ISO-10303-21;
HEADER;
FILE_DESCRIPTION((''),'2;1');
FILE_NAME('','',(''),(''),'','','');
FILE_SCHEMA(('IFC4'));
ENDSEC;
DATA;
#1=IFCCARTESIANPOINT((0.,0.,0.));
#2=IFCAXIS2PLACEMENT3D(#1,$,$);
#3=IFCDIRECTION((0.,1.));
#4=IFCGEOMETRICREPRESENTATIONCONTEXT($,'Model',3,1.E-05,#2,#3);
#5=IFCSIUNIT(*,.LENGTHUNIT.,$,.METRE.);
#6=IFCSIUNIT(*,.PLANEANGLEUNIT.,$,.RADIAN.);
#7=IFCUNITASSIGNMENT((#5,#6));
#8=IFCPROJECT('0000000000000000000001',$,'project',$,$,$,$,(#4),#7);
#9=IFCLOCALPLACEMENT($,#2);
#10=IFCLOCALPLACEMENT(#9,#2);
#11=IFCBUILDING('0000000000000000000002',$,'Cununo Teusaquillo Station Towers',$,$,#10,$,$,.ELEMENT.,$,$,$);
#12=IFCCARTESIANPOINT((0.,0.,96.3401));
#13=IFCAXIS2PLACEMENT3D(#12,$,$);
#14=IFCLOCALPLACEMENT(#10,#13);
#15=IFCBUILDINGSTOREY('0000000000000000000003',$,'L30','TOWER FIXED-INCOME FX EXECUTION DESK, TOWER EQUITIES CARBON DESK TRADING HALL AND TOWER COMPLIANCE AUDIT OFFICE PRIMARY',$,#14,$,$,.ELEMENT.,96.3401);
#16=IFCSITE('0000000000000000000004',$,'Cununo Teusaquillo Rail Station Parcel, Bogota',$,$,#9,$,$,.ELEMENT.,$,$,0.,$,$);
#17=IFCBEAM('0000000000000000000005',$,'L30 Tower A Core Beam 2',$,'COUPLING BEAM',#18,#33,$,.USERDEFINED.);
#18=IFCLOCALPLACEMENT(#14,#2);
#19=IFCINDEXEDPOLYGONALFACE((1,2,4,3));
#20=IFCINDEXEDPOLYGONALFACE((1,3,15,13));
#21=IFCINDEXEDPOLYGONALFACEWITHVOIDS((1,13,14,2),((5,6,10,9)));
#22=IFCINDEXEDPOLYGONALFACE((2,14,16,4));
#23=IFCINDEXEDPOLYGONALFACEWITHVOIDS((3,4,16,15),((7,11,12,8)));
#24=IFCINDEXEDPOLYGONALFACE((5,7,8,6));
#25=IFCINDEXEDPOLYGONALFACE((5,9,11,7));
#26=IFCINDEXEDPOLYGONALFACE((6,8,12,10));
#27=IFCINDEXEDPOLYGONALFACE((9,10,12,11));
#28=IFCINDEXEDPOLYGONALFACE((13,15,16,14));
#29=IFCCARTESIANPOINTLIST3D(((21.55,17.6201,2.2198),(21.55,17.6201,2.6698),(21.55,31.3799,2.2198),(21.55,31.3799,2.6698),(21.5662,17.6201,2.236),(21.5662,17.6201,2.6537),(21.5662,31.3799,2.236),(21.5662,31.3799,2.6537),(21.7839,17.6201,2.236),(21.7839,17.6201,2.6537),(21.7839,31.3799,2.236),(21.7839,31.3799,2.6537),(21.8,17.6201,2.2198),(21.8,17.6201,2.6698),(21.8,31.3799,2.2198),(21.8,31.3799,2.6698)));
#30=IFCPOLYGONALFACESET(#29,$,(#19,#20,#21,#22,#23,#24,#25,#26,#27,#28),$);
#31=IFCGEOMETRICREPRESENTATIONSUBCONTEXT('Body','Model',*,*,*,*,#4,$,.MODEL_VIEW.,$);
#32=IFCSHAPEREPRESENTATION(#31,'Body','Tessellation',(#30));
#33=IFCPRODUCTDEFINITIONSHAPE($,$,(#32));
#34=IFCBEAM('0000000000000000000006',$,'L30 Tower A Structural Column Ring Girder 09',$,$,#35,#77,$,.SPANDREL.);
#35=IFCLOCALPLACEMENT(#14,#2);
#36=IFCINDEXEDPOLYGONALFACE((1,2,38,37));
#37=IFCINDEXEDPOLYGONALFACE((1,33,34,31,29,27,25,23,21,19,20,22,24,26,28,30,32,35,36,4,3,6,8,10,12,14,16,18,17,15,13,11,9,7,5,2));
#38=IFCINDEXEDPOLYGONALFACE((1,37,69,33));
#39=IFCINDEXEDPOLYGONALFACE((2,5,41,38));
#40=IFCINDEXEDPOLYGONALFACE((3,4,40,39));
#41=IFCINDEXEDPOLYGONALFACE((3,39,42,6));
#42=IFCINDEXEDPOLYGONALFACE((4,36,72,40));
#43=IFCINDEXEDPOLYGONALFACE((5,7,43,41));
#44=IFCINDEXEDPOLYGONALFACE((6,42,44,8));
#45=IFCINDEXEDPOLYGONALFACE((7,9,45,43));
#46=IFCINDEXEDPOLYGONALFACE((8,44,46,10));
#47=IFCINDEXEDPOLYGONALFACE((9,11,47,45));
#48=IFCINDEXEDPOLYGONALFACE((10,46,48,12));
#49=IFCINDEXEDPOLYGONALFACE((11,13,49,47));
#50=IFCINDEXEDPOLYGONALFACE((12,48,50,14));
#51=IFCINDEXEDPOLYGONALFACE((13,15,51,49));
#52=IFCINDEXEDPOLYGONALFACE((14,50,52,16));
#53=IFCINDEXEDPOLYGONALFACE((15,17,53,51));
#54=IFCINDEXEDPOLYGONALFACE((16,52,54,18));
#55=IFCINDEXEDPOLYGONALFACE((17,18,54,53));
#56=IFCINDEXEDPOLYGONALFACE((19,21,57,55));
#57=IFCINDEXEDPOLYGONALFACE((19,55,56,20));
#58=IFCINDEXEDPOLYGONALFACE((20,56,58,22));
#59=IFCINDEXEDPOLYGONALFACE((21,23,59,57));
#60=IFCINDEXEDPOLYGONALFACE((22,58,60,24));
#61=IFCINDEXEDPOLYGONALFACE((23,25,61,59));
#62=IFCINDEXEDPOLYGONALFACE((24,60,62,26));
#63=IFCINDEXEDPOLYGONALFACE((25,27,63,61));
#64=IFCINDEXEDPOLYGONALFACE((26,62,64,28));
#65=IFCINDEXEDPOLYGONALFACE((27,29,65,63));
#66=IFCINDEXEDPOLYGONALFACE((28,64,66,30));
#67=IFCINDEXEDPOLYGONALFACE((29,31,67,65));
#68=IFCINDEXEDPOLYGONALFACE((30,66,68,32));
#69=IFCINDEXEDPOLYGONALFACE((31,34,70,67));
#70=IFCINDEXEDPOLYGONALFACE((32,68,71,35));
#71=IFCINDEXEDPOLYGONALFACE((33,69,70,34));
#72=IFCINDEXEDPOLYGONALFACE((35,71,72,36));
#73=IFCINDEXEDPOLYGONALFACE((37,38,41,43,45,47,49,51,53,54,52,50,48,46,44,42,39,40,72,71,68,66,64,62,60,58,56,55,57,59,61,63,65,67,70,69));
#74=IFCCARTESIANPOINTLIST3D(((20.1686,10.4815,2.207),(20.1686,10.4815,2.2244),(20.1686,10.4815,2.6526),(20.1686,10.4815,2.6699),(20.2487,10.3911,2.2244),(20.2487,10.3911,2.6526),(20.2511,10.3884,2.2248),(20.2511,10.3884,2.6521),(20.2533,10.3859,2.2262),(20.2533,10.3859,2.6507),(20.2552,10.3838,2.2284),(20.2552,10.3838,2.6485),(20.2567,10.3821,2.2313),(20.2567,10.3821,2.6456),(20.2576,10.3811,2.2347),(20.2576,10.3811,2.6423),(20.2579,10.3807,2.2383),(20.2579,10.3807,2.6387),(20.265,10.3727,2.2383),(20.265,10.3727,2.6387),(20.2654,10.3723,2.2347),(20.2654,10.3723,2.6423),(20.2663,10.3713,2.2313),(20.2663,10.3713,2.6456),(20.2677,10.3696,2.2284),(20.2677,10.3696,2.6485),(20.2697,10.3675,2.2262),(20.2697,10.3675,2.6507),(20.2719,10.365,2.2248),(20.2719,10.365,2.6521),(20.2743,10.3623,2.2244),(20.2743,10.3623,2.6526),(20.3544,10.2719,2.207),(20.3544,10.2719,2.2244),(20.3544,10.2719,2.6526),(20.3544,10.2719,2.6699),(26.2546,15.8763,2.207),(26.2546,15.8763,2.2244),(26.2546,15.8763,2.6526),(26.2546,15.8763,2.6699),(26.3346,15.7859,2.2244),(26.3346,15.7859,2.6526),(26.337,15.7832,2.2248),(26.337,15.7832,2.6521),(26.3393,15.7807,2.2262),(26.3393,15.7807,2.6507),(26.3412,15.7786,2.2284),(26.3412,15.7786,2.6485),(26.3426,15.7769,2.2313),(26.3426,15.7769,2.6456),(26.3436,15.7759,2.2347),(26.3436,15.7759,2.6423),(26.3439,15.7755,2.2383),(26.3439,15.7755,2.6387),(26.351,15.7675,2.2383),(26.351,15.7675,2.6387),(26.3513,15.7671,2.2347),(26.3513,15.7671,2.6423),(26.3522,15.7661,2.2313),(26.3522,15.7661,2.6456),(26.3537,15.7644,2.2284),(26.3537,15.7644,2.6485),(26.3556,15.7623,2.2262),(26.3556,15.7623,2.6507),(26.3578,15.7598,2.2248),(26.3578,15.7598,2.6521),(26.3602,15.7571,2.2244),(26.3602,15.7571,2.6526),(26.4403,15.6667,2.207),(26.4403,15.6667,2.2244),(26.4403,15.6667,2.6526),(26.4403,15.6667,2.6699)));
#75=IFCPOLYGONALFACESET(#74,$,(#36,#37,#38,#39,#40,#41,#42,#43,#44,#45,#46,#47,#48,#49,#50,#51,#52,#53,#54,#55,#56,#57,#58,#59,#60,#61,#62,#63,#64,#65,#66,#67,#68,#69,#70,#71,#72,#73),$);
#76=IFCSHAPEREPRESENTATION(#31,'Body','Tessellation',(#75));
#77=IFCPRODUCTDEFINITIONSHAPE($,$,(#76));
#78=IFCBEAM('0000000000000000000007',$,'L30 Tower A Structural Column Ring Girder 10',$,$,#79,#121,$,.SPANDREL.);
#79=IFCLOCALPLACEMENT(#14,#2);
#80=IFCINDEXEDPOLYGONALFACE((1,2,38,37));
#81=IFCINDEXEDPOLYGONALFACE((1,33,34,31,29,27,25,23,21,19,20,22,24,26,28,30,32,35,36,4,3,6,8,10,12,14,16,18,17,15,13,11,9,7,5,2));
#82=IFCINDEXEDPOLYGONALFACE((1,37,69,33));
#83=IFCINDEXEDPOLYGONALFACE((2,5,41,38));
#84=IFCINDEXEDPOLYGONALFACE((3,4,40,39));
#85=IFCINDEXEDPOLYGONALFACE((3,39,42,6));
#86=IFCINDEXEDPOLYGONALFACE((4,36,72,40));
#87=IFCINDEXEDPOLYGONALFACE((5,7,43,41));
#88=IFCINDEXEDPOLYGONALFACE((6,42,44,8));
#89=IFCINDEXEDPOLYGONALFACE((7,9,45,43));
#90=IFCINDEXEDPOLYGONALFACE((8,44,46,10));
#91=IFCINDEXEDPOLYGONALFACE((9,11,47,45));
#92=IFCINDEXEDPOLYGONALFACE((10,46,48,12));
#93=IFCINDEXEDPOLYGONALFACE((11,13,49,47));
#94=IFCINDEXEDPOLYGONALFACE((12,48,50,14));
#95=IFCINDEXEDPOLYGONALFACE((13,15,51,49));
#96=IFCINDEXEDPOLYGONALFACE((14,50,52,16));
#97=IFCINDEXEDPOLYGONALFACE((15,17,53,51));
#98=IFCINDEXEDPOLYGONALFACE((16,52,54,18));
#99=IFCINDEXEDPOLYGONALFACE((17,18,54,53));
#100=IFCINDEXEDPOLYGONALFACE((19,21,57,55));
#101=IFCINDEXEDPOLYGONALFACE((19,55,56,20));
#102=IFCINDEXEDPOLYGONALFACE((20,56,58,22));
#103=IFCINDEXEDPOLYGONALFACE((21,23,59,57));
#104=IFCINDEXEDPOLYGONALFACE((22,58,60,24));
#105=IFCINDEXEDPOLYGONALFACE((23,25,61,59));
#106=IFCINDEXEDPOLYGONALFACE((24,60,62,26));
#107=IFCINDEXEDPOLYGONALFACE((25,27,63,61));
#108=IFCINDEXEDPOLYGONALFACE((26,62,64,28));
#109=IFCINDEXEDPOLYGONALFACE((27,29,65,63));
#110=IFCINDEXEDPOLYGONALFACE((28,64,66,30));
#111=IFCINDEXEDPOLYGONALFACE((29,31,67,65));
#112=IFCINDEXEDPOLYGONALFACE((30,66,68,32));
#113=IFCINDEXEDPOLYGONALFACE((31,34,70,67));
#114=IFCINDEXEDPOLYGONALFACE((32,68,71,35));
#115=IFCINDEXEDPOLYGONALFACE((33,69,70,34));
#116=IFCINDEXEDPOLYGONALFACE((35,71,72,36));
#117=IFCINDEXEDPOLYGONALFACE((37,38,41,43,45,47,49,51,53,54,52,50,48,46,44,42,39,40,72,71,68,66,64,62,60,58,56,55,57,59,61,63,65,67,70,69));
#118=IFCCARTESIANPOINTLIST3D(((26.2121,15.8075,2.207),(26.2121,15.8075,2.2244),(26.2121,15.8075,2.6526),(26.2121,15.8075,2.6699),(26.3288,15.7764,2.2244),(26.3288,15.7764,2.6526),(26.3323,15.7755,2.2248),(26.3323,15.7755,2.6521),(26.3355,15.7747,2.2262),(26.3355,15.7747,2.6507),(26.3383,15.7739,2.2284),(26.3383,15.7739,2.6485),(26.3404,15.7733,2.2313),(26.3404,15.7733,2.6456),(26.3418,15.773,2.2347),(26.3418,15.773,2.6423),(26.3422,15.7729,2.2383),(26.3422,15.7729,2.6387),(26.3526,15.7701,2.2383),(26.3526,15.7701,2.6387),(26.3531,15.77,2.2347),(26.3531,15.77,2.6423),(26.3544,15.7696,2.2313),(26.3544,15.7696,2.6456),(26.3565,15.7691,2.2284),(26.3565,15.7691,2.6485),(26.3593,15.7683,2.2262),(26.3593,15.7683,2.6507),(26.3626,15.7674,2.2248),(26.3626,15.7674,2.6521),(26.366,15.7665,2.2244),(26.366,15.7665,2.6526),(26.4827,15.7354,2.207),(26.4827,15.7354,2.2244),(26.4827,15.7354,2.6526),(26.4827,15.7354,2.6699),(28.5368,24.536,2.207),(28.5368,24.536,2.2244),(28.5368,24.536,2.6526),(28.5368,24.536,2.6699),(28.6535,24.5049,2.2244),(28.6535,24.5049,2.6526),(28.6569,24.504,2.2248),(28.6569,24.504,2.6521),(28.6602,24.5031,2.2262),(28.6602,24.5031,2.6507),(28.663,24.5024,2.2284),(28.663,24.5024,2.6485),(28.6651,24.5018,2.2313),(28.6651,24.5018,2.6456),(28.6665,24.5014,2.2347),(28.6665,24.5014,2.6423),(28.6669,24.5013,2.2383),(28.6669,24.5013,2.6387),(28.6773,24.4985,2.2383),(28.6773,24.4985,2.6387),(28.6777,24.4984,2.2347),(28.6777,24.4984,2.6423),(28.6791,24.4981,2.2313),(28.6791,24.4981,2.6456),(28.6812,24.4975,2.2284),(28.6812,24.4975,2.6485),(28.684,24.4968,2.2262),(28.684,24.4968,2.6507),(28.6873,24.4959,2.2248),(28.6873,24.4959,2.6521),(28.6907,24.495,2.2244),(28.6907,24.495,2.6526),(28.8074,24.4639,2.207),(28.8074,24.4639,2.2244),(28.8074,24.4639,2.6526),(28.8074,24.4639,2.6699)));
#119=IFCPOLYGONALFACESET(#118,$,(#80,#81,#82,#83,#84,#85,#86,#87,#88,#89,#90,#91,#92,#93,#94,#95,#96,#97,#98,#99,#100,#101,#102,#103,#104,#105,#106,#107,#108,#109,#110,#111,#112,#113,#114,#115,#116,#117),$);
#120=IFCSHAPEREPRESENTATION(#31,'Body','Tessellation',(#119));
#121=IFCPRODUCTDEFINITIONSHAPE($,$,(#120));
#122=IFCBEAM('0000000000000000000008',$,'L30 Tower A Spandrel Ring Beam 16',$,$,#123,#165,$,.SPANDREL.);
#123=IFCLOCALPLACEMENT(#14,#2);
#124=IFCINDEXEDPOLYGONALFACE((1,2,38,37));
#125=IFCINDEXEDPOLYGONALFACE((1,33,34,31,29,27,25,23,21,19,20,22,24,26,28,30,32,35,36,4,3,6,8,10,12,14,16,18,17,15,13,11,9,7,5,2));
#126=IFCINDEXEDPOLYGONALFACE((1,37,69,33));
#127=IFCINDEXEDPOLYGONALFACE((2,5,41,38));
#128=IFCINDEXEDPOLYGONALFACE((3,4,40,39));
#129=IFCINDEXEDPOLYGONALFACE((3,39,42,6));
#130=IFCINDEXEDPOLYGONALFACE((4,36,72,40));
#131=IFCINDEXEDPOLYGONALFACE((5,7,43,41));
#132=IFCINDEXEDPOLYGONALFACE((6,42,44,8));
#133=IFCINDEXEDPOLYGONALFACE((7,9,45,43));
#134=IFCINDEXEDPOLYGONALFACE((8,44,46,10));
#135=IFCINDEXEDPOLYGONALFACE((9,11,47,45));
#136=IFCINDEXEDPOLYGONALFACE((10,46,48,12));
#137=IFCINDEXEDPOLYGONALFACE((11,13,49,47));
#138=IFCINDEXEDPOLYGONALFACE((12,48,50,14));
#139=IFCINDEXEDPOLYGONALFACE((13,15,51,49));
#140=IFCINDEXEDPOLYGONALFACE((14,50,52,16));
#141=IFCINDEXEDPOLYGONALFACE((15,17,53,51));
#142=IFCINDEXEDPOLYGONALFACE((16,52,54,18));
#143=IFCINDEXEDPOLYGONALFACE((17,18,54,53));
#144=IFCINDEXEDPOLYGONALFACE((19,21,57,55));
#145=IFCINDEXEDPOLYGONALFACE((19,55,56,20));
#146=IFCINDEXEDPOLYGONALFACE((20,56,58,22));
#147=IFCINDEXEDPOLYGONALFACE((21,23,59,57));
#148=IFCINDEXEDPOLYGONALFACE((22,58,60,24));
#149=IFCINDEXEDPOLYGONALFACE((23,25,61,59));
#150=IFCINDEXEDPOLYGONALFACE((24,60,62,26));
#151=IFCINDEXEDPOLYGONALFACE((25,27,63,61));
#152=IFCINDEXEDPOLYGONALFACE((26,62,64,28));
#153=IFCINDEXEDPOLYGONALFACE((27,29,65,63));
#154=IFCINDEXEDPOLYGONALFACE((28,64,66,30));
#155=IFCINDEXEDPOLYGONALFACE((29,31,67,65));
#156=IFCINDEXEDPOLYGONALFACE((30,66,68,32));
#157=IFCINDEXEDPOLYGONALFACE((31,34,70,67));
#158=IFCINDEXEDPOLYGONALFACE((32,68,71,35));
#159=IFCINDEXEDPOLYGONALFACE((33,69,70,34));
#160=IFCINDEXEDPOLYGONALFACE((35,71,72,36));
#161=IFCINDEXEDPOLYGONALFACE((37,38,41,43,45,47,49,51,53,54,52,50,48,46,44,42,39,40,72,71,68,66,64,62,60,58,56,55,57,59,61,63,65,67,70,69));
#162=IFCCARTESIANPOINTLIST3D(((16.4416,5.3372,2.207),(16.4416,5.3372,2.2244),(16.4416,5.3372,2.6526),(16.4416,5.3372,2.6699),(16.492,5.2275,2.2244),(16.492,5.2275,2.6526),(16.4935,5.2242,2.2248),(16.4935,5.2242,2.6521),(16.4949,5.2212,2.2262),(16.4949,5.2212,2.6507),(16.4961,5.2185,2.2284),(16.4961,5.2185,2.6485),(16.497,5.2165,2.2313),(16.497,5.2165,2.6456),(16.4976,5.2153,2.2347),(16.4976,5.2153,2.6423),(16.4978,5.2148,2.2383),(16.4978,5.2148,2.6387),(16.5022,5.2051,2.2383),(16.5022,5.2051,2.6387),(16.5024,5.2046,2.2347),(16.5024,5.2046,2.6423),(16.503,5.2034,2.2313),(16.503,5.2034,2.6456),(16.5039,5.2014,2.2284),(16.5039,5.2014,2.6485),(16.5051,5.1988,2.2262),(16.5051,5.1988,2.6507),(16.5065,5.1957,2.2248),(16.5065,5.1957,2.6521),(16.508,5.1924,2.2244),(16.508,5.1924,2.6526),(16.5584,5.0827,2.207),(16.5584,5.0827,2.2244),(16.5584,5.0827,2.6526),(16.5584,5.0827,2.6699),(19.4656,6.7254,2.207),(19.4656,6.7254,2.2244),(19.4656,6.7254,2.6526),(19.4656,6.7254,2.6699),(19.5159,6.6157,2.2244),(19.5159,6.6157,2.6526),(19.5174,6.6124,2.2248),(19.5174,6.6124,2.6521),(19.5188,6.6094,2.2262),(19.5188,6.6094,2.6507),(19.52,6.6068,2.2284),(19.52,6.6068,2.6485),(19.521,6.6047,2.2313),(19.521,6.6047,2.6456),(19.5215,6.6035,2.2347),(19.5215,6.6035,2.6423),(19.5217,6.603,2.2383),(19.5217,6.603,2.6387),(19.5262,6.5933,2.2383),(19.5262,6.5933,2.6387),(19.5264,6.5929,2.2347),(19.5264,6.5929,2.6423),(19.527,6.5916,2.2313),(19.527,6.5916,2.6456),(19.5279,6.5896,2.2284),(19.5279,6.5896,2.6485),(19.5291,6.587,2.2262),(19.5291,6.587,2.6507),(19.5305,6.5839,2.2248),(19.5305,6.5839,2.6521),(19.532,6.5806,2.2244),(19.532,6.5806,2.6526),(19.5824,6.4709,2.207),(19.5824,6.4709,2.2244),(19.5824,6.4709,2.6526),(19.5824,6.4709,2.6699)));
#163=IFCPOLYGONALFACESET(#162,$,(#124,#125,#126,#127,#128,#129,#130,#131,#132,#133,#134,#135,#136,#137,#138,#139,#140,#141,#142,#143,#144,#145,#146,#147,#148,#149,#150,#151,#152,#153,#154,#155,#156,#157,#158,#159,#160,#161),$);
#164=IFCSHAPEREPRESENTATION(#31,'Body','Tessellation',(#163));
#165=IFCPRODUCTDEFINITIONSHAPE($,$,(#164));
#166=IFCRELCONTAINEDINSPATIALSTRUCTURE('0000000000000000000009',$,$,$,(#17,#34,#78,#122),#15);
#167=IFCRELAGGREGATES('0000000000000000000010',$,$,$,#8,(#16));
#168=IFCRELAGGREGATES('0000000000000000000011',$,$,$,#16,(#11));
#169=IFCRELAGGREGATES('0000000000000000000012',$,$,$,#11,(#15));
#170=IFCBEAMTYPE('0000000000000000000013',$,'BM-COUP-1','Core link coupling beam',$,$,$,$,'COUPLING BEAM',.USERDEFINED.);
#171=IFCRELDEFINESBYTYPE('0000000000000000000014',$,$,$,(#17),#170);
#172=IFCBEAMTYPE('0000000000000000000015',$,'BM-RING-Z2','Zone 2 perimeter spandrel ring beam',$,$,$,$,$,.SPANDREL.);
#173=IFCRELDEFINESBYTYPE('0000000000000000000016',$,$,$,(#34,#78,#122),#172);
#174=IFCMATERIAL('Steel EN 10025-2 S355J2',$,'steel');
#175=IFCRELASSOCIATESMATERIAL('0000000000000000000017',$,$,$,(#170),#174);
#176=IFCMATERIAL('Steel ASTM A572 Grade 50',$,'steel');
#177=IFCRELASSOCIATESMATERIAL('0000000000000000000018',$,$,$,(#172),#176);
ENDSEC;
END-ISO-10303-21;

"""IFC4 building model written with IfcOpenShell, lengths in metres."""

from ifc_helpers import new_model, si_unit, direction, frame, origin, origin_2d, place, context, subcontext, project, spatial, hollow_rectangle, i_section, extrude, material, material_profile, profile_set, type_object, element, save


model = new_model("IFC4")

# Units and contexts
model_context = context("Model", 3, precision=1e-05, world=origin(), true_north=direction((0.0, 1.0)))
body_context = subcontext(model_context, "Body", "Model", "MODEL_VIEW")
ifc_project = project(units=[si_unit("LENGTHUNIT", "METRE"), si_unit("PLANEANGLEUNIT", "RADIAN")], contexts=[model_context])

# Site, building, storey
site_placement = place(None, origin())
site = spatial("IfcSite", under=ifc_project, at=site_placement, Name="Cununo Teusaquillo Rail Station Parcel, Bogota", CompositionType="ELEMENT", RefElevation=0.0)
building_placement = place(site_placement, origin())
building = spatial("IfcBuilding", under=site, at=building_placement, Name="Cununo Teusaquillo Station Towers", CompositionType="ELEMENT")
storey_placement = place(building_placement, frame((0.0, 0.0, 96.3401)))
storey = spatial("IfcBuildingStorey", under=building, at=storey_placement, Name="L30", Description="TOWER FIXED-INCOME FX EXECUTION DESK, TOWER EQUITIES CARBON DESK TRADING HALL AND TOWER COMPLIANCE AUDIT OFFICE PRIMARY", CompositionType="ELEMENT", Elevation=96.3401)

# Beams
ifc_material_1 = material(Name="Steel EN 10025-2 S355J2", Category="steel")
ifc_material_profile_1 = material_profile(ifc_material_1, hollow_rectangle(XDim=0.25, YDim=0.45, WallThickness=0.0161, at=origin_2d()), Name="RHS 450x250x16")
ifc_profile_set_1 = profile_set([ifc_material_profile_1], Name="Steel EN 10025-2 S355J2")
beam_type_1 = type_object("IfcBeamType", Name="BM-COUP-1", Description="Core link coupling beam", ElementType="COUPLING BEAM", PredefinedType="USERDEFINED", material=ifc_profile_set_1)
beam_1_placement = place(storey_placement, frame((21.675, 17.6201, 2.4448), z_axis=(0.0, 1.0, 0.0), x_axis=(-1.0, 0.0, 0.0)))
element("IfcBeam", 1, at=beam_1_placement, inside=storey, type_object=beam_type_1, Name="L30 Tower A Core Beam 2", ObjectType="COUPLING BEAM", PredefinedType="USERDEFINED", context=body_context, shape_type="SweptSolid", body=[
    extrude(hollow_rectangle(XDim=0.25, YDim=0.45, WallThickness=0.0161, at=origin_2d()), origin(), (0.0, 0.0, 1.0), 13.7598),
])
ifc_material_2 = material(Name="Steel ASTM A572 Grade 50", Category="steel")
ifc_material_profile_2 = material_profile(ifc_material_2, i_section(OverallWidth=0.28, OverallDepth=0.4629, WebThickness=0.0107, FlangeThickness=0.0173, FilletRadius=0.0139, at=origin_2d()), Name="W18X76")
ifc_profile_set_2 = profile_set([ifc_material_profile_2], Name="Steel ASTM A572 Grade 50")
beam_type_2 = type_object("IfcBeamType", Name="BM-RING-Z2", Description="Zone 2 perimeter spandrel ring beam", PredefinedType="SPANDREL", material=ifc_profile_set_2)
beam_2_placement = place(storey_placement, frame((20.2615, 10.3767, 2.4385), z_axis=(0.748321, 0.663337, 0.0), x_axis=(-0.663337, 0.748321, 0.0)))
element("IfcBeam", 2, at=beam_2_placement, inside=storey, type_object=beam_type_2, Name="L30 Tower A Structural Column Ring Girder 09", PredefinedType="SPANDREL", context=body_context, shape_type="SweptSolid", body=[
    extrude(i_section(OverallWidth=0.28, OverallDepth=0.4629, WebThickness=0.0107, FlangeThickness=0.0173, FilletRadius=0.0139, at=origin_2d()), origin(), (0.0, 0.0, 1.0), 8.1328),
])
beam_3_placement = place(storey_placement, frame((26.3474, 15.7715, 2.4385), z_axis=(0.257363, 0.966315, 0.0), x_axis=(-0.966315, 0.257363, 0.0)))
element("IfcBeam", 3, at=beam_3_placement, inside=storey, type_object=beam_type_2, Name="L30 Tower A Structural Column Ring Girder 10", PredefinedType="SPANDREL", context=body_context, shape_type="SweptSolid", body=[
    extrude(i_section(OverallWidth=0.28, OverallDepth=0.4629, WebThickness=0.0107, FlangeThickness=0.0173, FilletRadius=0.0139, at=origin_2d()), origin(), (0.0, 0.0, 1.0), 9.0327),
])
beam_4_placement = place(storey_placement, frame((16.5, 5.21, 2.4385), z_axis=(0.908812, 0.417205, 0.0), x_axis=(-0.417205, 0.908812, 0.0)))
element("IfcBeam", 4, at=beam_4_placement, inside=storey, type_object=beam_type_2, Name="L30 Tower A Spandrel Ring Beam 16", PredefinedType="SPANDREL", context=body_context, shape_type="SweptSolid", body=[
    extrude(i_section(OverallWidth=0.28, OverallDepth=0.4629, WebThickness=0.0107, FlangeThickness=0.0173, FilletRadius=0.0139, at=origin_2d()), origin(), (0.0, 0.0, 1.0), 3.3274),
])

save(model, "model.ifc")
